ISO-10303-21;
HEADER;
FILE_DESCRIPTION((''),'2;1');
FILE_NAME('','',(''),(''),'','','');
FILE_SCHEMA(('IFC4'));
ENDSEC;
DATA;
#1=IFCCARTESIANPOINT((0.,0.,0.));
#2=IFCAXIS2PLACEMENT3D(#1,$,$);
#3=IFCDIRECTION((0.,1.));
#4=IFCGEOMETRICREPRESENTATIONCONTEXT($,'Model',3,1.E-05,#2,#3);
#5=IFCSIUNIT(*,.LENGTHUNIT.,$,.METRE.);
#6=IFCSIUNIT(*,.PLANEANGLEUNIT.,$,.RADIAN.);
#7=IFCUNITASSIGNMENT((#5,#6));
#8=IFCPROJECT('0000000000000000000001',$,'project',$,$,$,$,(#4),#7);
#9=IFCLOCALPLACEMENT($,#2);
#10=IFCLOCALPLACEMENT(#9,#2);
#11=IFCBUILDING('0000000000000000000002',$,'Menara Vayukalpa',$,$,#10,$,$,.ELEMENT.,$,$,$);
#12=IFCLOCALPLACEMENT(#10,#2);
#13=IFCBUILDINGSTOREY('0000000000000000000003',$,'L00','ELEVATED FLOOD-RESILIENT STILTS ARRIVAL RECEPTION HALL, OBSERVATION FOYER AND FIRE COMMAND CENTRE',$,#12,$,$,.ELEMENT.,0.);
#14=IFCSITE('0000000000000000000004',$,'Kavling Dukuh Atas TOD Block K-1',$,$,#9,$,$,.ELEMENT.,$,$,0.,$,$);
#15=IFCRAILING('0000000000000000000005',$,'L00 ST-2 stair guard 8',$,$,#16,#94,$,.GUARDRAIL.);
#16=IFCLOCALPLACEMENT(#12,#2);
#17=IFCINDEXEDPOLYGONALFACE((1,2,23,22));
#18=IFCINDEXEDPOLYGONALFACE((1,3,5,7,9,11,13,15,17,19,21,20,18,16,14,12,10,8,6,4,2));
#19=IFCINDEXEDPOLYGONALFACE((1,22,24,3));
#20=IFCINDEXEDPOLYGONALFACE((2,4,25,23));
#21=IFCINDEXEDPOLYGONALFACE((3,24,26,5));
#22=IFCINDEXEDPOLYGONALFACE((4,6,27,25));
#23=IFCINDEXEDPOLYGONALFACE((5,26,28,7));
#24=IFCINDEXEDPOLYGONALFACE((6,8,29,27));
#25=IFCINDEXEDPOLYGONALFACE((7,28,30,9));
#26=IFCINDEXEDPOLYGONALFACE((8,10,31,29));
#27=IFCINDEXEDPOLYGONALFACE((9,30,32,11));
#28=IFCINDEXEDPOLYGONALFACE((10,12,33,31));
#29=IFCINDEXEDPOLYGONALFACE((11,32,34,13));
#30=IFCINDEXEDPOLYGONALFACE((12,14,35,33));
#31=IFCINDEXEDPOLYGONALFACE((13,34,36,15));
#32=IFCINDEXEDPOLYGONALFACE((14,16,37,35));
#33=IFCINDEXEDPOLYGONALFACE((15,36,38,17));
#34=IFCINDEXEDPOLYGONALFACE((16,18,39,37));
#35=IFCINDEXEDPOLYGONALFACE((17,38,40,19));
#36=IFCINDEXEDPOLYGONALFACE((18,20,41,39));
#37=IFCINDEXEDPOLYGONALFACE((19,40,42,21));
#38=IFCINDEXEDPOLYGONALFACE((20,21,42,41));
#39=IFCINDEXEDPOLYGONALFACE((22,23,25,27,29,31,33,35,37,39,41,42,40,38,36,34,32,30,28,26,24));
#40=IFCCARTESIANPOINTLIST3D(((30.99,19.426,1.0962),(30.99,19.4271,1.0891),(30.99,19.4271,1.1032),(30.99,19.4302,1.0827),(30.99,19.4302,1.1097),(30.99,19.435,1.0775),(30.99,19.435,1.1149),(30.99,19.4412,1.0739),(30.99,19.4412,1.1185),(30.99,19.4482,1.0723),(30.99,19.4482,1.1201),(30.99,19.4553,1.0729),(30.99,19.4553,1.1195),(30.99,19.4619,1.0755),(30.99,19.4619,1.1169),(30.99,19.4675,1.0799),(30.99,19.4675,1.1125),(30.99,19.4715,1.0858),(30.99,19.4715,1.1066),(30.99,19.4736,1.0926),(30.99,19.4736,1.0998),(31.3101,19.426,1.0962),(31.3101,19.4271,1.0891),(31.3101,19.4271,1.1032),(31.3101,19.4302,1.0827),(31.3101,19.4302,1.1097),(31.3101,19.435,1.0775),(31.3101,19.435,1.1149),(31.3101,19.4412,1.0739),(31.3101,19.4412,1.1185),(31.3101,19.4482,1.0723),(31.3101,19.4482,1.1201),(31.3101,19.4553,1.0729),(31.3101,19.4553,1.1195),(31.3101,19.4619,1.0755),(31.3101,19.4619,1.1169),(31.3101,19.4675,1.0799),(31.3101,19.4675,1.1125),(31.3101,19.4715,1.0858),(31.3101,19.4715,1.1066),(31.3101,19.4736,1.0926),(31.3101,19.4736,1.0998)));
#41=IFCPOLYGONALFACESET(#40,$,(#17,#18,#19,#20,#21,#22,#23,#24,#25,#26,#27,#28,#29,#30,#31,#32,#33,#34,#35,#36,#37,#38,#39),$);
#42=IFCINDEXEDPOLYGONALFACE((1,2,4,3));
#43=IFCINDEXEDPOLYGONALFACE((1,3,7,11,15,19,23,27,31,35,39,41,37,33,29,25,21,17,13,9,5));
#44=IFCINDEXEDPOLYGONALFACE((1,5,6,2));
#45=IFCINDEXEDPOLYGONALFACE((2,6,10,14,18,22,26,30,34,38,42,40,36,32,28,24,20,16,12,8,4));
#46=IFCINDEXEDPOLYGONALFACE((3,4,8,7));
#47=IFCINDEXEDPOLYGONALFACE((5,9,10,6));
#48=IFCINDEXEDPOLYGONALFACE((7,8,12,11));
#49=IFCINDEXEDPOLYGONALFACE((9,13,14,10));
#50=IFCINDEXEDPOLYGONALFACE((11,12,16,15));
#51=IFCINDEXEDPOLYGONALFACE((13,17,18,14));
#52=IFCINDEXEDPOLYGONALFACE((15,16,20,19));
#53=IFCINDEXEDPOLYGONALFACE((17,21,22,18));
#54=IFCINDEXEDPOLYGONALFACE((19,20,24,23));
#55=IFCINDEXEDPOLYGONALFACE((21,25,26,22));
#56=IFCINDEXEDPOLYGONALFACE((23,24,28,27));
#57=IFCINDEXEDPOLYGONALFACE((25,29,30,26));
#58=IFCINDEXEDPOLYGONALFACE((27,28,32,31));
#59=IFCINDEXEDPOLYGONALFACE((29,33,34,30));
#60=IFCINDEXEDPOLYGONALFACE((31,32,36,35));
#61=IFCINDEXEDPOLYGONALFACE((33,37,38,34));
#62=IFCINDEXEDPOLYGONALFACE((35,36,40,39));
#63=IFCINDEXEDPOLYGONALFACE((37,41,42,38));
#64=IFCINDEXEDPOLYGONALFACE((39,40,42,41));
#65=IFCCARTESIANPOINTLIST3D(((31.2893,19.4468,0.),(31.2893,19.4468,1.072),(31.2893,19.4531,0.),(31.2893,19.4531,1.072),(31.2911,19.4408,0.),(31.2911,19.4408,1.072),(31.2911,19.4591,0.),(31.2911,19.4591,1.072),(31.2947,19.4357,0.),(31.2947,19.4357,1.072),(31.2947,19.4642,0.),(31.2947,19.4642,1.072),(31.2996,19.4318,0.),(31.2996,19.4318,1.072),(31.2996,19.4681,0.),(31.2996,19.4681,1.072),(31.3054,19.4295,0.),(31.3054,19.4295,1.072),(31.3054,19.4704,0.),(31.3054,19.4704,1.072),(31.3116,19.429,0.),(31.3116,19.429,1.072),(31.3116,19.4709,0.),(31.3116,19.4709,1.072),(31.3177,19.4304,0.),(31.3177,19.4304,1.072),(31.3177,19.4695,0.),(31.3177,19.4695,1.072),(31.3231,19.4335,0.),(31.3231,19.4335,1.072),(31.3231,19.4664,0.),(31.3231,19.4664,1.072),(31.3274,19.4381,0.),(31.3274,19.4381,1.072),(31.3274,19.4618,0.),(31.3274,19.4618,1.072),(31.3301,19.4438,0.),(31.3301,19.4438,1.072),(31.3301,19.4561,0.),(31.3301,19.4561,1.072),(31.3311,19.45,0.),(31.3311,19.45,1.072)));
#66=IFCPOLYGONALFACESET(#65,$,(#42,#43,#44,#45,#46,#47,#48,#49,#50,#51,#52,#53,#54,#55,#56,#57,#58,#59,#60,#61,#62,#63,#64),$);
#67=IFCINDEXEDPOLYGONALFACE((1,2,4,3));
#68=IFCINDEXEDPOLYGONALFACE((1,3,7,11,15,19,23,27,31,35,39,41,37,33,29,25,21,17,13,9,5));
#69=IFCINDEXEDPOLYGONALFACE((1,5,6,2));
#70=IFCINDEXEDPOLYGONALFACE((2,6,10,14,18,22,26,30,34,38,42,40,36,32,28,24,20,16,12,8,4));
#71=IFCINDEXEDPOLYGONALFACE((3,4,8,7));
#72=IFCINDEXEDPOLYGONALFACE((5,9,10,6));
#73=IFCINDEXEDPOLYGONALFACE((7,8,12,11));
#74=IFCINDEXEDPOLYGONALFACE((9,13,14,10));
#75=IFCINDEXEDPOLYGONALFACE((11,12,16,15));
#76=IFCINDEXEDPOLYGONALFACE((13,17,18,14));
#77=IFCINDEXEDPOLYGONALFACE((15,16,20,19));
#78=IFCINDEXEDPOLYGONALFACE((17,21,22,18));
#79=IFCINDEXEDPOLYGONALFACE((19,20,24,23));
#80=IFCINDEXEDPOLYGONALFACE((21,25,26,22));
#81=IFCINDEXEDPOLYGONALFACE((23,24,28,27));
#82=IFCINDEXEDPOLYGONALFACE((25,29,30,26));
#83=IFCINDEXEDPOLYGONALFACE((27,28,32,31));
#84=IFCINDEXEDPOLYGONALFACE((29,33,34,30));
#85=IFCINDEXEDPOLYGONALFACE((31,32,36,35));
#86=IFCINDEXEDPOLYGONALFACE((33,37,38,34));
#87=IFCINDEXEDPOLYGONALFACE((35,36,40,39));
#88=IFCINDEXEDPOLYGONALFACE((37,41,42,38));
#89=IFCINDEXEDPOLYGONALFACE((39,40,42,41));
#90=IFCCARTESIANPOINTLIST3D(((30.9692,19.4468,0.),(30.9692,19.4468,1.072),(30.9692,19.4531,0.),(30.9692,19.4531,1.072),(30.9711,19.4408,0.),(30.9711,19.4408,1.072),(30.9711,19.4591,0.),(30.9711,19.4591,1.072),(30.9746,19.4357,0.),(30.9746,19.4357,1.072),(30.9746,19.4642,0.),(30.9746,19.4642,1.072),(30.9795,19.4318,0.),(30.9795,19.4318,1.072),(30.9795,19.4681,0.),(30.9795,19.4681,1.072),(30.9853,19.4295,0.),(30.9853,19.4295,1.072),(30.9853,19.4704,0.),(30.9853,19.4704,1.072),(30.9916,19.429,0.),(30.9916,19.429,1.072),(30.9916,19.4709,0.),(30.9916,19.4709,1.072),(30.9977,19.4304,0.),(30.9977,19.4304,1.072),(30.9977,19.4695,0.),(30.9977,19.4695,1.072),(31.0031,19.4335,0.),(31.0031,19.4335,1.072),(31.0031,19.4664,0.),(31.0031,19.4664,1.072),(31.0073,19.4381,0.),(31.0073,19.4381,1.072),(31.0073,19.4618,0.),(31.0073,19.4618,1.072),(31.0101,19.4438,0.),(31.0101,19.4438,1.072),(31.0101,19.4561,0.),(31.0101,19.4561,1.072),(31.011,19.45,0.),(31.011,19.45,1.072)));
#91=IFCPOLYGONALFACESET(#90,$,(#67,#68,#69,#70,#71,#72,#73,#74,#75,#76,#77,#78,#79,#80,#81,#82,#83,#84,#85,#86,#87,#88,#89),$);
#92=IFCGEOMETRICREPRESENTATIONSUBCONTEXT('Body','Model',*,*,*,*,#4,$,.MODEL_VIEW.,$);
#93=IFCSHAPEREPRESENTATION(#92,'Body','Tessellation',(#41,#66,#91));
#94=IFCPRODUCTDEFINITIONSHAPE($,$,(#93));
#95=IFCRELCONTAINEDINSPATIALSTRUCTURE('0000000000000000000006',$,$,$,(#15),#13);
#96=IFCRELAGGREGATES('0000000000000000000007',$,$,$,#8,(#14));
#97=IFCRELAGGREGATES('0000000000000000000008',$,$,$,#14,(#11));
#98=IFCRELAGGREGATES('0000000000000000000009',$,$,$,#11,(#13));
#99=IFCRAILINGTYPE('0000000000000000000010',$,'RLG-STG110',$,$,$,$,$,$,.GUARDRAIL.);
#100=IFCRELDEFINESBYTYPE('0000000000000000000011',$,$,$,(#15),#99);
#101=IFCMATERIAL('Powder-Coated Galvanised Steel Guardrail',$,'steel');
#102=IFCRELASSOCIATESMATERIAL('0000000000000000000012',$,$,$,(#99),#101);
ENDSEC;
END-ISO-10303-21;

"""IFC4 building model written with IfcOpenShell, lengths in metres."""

from ifc_helpers import new_model, si_unit, direction, frame, origin, origin_2d, place, context, subcontext, project, spatial, circle, extrude, material, type_object, element, save


model = new_model("IFC4")

# Units and contexts
model_context = context("Model", 3, precision=1e-05, world=origin(), true_north=direction((0.0, 1.0)))
body_context = subcontext(model_context, "Body", "Model", "MODEL_VIEW")
ifc_project = project(units=[si_unit("LENGTHUNIT", "METRE"), si_unit("PLANEANGLEUNIT", "RADIAN")], contexts=[model_context])

# Site, building, storey
site_placement = place(None, origin())
site = spatial("IfcSite", under=ifc_project, at=site_placement, Name="Kavling Dukuh Atas TOD Block K-1", CompositionType="ELEMENT", RefElevation=0.0)
building_placement = place(site_placement, origin())
building = spatial("IfcBuilding", under=site, at=building_placement, Name="Menara Vayukalpa", CompositionType="ELEMENT")
storey_placement = place(building_placement, origin())
storey = spatial("IfcBuildingStorey", under=building, at=storey_placement, Name="L00", Description="ELEVATED FLOOD-RESILIENT STILTS ARRIVAL RECEPTION HALL, OBSERVATION FOYER AND FIRE COMMAND CENTRE", CompositionType="ELEMENT", Elevation=0.0)

# Railing
ifc_material_1 = material(Name="Powder-Coated Galvanised Steel Guardrail", Category="steel")
railing_type_1 = type_object("IfcRailingType", Name="RLG-STG110", PredefinedType="GUARDRAIL", material=ifc_material_1)
railing_1_placement = place(storey_placement, frame((31.3101, 19.45, 0.0)))
element("IfcRailing", 1, at=railing_1_placement, inside=storey, type_object=railing_type_1, Name="L00 ST-2 stair guard 8", PredefinedType="GUARDRAIL", context=body_context, shape_type="SweptSolid", body=[
    extrude(circle(Radius=0.0239, at=origin_2d()), frame((0.0, 0.0, 1.0962), z_axis=(-1.0, 0.0, 0.0), x_axis=(0.0, -1.0, 0.0)), (0.0, 0.0, 1.0), 0.3201),
    extrude(circle(Radius=0.021, at=origin_2d()), origin(), (0.0, 0.0, 1.0), 1.072),
    extrude(circle(Radius=0.021, at=origin_2d()), frame((-0.3201, 0.0, 0.0)), (0.0, 0.0, 1.0), 1.072),
])

save(model, "model.ifc")
